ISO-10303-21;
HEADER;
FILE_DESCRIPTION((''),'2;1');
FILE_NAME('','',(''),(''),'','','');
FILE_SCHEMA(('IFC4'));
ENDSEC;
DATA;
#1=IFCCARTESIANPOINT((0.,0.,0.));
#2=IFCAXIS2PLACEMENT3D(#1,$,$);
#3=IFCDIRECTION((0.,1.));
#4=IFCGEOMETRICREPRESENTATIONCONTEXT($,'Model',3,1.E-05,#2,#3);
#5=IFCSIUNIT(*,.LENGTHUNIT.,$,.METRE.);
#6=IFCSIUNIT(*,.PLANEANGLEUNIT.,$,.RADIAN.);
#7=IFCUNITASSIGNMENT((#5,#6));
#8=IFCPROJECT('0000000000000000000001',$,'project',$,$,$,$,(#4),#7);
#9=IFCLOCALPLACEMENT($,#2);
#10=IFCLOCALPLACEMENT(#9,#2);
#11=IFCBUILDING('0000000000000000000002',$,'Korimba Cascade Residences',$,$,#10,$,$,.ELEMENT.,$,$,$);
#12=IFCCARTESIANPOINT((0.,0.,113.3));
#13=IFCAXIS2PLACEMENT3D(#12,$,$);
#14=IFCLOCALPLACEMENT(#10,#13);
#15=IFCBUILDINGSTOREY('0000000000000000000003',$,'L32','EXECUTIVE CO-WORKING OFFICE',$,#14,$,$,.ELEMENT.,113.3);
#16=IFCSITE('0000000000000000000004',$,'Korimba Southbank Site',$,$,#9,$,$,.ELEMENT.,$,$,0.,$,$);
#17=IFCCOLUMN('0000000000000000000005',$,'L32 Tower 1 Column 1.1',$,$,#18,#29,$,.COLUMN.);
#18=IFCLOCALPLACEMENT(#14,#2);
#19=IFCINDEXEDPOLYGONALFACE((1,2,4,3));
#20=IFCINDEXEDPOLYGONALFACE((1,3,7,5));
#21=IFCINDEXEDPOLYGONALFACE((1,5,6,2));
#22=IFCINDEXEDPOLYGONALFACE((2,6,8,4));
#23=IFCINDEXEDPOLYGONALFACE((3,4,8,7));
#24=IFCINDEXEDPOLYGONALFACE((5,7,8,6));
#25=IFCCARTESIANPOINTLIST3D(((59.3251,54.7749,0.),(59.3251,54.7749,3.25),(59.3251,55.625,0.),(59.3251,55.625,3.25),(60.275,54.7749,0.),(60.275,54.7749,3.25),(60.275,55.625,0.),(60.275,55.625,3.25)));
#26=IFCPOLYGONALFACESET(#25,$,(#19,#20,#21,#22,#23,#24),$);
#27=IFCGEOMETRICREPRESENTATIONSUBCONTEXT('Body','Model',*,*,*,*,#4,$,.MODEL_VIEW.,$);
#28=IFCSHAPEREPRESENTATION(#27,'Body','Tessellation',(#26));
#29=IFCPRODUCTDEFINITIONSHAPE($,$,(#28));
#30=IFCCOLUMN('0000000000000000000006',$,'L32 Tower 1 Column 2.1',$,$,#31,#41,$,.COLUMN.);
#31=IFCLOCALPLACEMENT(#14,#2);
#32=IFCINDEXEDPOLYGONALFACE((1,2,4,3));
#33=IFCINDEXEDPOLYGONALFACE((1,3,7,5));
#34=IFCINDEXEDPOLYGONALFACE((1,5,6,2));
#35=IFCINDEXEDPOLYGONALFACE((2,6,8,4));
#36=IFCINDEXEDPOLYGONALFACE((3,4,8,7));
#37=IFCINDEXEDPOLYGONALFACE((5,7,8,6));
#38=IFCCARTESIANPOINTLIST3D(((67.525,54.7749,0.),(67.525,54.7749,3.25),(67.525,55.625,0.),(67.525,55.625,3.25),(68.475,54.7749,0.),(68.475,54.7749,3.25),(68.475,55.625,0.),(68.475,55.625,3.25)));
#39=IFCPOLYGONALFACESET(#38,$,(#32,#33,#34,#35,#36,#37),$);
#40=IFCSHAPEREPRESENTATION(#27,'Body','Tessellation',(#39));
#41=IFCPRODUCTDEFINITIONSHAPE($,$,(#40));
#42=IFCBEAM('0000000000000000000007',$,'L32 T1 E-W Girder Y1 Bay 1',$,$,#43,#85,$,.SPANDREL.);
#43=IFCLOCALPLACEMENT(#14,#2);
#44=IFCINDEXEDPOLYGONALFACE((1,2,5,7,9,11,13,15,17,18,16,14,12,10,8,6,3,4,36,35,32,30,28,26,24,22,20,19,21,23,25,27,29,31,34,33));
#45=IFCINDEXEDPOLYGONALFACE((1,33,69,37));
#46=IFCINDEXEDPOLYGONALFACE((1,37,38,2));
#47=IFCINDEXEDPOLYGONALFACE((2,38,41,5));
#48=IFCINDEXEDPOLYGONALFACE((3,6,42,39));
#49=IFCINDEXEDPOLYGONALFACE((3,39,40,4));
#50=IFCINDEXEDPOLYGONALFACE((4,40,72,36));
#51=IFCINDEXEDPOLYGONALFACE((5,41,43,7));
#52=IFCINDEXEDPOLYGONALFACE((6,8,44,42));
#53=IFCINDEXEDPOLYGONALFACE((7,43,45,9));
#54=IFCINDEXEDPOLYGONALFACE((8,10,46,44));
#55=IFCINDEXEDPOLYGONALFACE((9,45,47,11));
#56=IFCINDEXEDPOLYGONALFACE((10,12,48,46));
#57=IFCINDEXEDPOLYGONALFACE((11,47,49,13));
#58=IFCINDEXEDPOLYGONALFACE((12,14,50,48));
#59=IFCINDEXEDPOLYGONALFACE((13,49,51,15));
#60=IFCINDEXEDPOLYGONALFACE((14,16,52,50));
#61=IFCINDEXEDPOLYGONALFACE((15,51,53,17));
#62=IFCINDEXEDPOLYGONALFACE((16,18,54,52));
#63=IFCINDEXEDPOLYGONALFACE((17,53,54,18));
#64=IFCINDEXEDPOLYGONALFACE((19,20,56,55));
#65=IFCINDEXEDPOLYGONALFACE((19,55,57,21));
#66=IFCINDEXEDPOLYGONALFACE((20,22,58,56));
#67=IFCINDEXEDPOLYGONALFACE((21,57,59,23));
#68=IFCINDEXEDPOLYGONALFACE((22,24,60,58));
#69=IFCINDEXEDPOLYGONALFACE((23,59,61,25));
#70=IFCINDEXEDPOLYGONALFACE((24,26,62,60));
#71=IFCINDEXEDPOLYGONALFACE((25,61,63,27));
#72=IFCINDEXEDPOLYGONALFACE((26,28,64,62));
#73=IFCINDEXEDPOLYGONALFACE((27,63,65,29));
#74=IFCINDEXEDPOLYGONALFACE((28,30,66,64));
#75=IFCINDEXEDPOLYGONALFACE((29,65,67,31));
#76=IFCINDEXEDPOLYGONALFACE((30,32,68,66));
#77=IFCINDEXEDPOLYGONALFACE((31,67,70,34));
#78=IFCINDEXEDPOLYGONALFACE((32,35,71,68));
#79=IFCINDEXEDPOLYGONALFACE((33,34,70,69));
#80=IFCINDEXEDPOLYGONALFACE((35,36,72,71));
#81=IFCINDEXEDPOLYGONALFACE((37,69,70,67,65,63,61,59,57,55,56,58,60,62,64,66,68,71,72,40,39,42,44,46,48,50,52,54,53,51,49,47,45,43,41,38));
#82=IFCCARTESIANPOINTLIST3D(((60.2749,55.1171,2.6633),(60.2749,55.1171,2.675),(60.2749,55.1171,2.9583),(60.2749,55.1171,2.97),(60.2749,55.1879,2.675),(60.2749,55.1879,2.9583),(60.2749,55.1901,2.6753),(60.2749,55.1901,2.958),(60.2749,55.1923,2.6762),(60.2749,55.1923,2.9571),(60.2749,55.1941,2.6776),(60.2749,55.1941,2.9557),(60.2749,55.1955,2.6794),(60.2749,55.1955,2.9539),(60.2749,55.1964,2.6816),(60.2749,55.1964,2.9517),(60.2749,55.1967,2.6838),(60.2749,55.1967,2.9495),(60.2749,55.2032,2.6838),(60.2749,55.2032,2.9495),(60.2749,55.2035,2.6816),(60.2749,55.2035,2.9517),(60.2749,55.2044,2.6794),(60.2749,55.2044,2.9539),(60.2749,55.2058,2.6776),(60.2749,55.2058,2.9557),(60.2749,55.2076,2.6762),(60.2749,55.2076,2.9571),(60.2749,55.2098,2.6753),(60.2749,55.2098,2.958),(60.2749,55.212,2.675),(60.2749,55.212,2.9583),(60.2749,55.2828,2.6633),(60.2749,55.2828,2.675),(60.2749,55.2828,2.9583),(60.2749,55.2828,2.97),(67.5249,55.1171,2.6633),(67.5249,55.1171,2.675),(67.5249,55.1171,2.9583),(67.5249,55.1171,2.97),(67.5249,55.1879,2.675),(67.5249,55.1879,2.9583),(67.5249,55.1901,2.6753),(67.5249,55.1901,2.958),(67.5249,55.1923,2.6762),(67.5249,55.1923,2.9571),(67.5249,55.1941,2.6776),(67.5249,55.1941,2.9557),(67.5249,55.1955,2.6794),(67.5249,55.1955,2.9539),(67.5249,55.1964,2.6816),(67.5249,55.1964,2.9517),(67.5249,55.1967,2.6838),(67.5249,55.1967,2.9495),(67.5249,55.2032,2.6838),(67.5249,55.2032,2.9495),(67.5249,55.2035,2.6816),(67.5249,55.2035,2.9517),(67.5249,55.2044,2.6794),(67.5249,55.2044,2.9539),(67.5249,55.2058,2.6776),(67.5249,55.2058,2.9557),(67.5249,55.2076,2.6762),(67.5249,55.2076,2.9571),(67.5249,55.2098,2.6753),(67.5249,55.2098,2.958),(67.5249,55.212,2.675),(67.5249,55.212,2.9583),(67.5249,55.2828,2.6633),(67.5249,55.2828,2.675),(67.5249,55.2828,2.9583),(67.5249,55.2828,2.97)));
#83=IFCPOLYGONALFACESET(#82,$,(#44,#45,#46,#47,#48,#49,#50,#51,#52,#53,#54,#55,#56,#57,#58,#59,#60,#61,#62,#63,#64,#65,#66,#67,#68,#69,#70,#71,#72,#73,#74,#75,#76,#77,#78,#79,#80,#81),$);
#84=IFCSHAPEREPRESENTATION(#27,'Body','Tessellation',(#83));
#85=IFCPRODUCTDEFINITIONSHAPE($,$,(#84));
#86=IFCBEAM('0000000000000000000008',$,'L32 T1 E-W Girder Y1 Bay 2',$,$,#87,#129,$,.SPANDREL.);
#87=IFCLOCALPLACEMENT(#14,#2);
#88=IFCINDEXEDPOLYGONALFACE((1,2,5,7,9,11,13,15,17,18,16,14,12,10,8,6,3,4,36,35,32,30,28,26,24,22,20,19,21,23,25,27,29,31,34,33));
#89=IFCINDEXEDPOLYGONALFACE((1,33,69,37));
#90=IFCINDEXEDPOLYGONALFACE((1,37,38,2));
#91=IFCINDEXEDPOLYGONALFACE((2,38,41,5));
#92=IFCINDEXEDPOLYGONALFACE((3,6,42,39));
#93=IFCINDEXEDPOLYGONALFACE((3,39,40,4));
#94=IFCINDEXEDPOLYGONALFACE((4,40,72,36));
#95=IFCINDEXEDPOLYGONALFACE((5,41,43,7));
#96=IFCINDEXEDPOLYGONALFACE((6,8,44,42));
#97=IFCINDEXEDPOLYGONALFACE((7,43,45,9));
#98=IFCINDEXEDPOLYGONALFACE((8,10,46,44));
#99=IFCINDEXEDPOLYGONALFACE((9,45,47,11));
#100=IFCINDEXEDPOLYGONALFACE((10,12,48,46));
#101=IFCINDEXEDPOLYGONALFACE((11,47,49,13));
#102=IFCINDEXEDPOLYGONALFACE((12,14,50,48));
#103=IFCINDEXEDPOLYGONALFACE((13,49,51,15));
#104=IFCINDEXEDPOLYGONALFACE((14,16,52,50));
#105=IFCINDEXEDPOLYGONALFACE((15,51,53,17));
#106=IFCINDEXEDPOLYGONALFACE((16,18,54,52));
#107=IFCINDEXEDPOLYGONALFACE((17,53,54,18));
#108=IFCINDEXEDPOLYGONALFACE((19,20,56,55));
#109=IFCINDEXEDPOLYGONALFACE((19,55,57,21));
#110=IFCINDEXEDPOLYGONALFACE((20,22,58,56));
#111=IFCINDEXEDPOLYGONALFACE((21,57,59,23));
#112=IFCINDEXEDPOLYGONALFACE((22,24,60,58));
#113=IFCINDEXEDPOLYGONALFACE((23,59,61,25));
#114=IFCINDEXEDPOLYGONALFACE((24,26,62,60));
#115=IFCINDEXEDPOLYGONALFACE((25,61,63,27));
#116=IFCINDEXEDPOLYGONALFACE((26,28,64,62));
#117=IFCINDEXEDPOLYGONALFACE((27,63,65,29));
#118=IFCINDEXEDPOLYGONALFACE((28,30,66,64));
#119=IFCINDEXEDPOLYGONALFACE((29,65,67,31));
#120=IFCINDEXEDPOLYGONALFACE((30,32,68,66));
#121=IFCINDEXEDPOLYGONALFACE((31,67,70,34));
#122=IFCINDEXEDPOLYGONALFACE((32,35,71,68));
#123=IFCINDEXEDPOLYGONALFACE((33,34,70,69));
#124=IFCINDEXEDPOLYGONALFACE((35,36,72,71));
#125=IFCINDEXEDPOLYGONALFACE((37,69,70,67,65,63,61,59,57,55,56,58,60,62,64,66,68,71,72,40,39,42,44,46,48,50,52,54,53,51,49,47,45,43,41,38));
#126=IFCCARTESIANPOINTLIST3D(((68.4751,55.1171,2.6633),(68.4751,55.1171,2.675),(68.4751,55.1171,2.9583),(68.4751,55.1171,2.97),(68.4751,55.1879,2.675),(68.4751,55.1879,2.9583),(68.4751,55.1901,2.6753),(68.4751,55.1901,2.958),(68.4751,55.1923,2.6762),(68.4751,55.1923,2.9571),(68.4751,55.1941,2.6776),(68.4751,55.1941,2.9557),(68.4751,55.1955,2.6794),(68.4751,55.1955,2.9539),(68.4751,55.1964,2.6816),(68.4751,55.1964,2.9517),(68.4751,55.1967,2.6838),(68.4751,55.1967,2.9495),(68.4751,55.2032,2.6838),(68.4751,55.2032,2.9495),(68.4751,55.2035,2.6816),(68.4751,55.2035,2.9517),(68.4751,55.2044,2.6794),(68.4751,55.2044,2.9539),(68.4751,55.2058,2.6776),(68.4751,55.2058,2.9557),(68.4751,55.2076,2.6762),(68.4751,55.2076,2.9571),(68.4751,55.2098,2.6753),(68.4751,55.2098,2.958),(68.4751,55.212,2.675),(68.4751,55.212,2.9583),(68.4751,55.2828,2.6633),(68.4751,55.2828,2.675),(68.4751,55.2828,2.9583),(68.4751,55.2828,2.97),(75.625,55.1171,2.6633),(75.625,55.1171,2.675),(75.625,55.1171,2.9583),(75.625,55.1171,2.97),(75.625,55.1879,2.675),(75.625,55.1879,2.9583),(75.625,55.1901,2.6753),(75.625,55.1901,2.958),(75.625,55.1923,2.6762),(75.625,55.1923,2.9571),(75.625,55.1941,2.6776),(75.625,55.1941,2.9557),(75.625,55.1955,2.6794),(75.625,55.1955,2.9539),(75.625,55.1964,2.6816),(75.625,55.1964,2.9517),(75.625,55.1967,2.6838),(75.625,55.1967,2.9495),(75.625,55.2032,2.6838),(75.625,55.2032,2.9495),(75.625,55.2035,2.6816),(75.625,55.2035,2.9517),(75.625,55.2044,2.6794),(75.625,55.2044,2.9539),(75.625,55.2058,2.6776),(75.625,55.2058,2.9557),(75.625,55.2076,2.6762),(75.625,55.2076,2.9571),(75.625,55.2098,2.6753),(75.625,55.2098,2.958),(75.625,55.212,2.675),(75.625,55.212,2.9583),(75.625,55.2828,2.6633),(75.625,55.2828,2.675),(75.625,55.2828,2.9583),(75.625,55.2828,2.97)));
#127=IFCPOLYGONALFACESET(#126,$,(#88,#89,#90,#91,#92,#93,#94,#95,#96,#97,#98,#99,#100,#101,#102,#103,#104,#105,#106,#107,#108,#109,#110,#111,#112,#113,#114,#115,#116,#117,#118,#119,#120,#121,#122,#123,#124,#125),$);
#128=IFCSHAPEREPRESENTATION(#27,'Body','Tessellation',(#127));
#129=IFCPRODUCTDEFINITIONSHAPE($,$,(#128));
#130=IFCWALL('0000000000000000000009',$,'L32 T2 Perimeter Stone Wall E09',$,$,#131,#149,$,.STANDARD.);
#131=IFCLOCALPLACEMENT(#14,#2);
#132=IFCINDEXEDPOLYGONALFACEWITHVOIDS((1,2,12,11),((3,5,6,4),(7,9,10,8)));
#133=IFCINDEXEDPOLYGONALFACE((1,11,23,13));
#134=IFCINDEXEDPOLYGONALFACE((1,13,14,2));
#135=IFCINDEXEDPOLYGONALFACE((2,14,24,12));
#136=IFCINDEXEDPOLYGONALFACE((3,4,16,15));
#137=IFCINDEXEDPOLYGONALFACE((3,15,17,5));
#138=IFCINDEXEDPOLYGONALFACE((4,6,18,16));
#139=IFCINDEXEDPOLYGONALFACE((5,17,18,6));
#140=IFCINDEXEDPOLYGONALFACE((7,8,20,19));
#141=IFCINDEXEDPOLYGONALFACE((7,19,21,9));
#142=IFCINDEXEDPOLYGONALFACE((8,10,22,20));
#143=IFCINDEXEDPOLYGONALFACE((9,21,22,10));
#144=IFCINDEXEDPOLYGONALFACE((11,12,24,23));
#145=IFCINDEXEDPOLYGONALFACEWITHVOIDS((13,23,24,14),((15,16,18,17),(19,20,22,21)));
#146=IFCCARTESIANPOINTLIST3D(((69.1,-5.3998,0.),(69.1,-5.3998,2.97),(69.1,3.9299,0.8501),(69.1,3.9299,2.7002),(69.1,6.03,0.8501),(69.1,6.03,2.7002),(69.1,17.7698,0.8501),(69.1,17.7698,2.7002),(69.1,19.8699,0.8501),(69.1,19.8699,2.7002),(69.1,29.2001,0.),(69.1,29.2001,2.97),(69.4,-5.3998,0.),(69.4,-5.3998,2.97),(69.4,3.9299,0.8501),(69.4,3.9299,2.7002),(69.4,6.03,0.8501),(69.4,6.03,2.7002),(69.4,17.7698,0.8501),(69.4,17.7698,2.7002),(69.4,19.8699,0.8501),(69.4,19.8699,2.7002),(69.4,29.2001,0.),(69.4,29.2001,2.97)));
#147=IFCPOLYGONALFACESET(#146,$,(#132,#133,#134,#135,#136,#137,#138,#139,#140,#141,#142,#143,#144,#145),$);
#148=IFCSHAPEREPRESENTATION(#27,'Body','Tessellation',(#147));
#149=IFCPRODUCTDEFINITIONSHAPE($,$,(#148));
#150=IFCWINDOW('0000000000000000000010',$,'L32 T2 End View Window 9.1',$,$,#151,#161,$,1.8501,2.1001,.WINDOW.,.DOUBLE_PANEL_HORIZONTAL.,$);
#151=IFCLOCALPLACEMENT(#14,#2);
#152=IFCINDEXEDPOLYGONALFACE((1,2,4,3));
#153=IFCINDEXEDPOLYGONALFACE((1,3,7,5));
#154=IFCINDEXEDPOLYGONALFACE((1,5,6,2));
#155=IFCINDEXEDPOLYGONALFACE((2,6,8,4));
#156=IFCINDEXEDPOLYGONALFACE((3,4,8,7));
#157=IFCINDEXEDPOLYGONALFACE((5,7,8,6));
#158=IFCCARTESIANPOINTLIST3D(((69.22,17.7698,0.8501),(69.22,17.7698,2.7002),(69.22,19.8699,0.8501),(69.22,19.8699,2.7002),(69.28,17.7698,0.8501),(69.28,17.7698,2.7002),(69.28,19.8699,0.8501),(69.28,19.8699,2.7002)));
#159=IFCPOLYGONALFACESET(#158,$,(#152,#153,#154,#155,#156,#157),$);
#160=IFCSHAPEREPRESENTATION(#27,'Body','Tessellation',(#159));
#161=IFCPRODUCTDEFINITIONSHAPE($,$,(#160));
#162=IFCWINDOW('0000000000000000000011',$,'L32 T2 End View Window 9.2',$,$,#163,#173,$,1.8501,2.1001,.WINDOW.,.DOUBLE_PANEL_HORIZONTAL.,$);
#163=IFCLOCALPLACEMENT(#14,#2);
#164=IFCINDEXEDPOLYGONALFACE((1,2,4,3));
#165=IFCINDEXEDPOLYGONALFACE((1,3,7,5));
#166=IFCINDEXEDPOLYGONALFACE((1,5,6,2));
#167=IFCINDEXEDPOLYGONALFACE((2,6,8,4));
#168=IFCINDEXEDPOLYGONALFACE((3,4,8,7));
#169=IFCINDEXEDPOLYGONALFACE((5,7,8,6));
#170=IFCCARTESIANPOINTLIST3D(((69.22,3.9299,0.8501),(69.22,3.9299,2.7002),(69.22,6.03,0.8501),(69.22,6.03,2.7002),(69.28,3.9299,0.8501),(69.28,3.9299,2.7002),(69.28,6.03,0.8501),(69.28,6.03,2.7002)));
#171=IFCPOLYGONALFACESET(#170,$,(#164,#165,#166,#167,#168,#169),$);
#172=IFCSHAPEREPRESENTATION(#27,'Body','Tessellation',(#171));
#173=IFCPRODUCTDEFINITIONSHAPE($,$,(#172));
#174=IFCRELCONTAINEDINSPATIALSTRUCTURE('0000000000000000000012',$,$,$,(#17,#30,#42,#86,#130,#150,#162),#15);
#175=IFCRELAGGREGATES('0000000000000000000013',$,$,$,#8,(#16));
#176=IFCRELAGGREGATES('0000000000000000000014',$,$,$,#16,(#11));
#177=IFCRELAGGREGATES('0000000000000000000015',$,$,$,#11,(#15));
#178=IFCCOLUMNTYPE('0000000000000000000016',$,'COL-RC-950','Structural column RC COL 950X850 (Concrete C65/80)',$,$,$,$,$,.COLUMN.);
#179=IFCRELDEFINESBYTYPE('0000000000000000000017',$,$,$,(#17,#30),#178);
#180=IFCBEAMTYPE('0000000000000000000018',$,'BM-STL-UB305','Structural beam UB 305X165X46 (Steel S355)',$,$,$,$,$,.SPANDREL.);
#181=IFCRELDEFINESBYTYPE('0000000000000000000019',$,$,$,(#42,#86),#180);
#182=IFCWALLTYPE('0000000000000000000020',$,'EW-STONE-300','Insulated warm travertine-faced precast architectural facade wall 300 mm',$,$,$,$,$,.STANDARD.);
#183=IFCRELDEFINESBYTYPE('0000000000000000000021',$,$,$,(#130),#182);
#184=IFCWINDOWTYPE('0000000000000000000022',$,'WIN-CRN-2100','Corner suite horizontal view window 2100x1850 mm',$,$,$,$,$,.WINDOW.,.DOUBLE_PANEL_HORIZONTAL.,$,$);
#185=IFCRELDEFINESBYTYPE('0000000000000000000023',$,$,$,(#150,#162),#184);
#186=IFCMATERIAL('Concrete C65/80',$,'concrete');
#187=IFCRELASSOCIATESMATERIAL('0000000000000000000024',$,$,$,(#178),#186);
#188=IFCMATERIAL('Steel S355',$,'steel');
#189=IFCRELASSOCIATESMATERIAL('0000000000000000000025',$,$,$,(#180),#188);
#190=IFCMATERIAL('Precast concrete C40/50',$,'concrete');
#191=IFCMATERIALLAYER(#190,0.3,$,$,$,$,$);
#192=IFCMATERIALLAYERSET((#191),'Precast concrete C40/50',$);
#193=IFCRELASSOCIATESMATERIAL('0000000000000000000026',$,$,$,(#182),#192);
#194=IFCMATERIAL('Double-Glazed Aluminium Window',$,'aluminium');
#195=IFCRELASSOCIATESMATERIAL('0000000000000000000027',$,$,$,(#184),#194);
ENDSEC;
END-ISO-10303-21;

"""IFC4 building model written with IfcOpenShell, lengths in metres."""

from ifc_helpers import new_model, si_unit, direction, frame, frame_2d, origin, origin_2d, place, context, subcontext, project, spatial, rectangle, i_section, extrude, material, layer, layer_set, material_profile, profile_set, type_object, element, fill, save


model = new_model("IFC4")

# Units and contexts
model_context = context("Model", 3, precision=1e-05, world=origin(), true_north=direction((0.0, 1.0)))
body_context = subcontext(model_context, "Body", "Model", "MODEL_VIEW")
ifc_project = project(units=[si_unit("LENGTHUNIT", "METRE"), si_unit("PLANEANGLEUNIT", "RADIAN")], contexts=[model_context])

# Site, building, storey
site_placement = place(None, origin())
site = spatial("IfcSite", under=ifc_project, at=site_placement, Name="Korimba Southbank Site", CompositionType="ELEMENT", RefElevation=0.0)
building_placement = place(site_placement, origin())
building = spatial("IfcBuilding", under=site, at=building_placement, Name="Korimba Cascade Residences", CompositionType="ELEMENT")
storey_placement = place(building_placement, frame((0.0, 0.0, 113.3)))
storey = spatial("IfcBuildingStorey", under=building, at=storey_placement, Name="L32", Description="EXECUTIVE CO-WORKING OFFICE", CompositionType="ELEMENT", Elevation=113.3)

# Columns
ifc_material_1 = material(Name="Concrete C65/80", Category="concrete")
ifc_material_profile_1 = material_profile(ifc_material_1, rectangle(XDim=0.95, YDim=0.8501, at=origin_2d()), Name="Concrete C65/80")
ifc_profile_set_1 = profile_set([ifc_material_profile_1], Name="Concrete C65/80")
column_type = type_object("IfcColumnType", Name="COL-RC-950", Description="Structural column RC COL 950X850 (Concrete C65/80)", PredefinedType="COLUMN", material=ifc_profile_set_1)
for number, where, z_axis, x_axis, name in (
    (1, (59.8, 55.2, 0.0), (0.0, 0.0, 1.0), (1.0, 0.0, 0.0), "L32 Tower 1 Column 1.1"),
    (2, (68.0, 55.2, 0.0), (0.0, 0.0, 1.0), (1.0, 0.0, 0.0), "L32 Tower 1 Column 2.1"),
):
    element("IfcColumn", number, at=place(storey_placement, frame(where, z_axis=z_axis, x_axis=x_axis)), inside=storey, type_object=column_type, Name=name, PredefinedType="COLUMN", context=body_context, shape_type="SweptSolid", body=[
        extrude(rectangle(XDim=0.95, YDim=0.8501, at=origin_2d()), origin(), (0.0, 0.0, 1.0), 3.25),
    ])

# Beams
ifc_material_2 = material(Name="Steel S355", Category="steel")
ifc_material_profile_2 = material_profile(ifc_material_2, i_section(OverallWidth=0.1658, OverallDepth=0.3066, WebThickness=0.0066, FlangeThickness=0.0117, FilletRadius=0.0088, at=origin_2d()), Name="Steel S355")
ifc_profile_set_2 = profile_set([ifc_material_profile_2], Name="Steel S355")
beam_type = type_object("IfcBeamType", Name="BM-STL-UB305", Description="Structural beam UB 305X165X46 (Steel S355)", PredefinedType="SPANDREL", material=ifc_profile_set_2)
beam_1_placement = place(storey_placement, frame((60.2749, 55.2, 2.8167), z_axis=(1.0, 0.0, 0.0), x_axis=(0.0, 1.0, 0.0)))
element("IfcBeam", 3, at=beam_1_placement, inside=storey, type_object=beam_type, Name="L32 T1 E-W Girder Y1 Bay 1", PredefinedType="SPANDREL", context=body_context, shape_type="SweptSolid", body=[
    extrude(i_section(OverallWidth=0.1658, OverallDepth=0.3066, WebThickness=0.0066, FlangeThickness=0.0117, FilletRadius=0.0088, at=origin_2d()), origin(), (0.0, 0.0, 1.0), 7.25),
])
beam_2_placement = place(storey_placement, frame((68.4751, 55.2, 2.8167), z_axis=(1.0, 0.0, 0.0), x_axis=(0.0, 1.0, 0.0)))
element("IfcBeam", 4, at=beam_2_placement, inside=storey, type_object=beam_type, Name="L32 T1 E-W Girder Y1 Bay 2", PredefinedType="SPANDREL", context=body_context, shape_type="SweptSolid", body=[
    extrude(i_section(OverallWidth=0.1658, OverallDepth=0.3066, WebThickness=0.0066, FlangeThickness=0.0117, FilletRadius=0.0088, at=origin_2d()), origin(), (0.0, 0.0, 1.0), 7.1499),
])

# Wall, openings, windows
ifc_material_3 = material(Name="Precast concrete C40/50", Category="concrete")
ifc_layer_1 = layer(ifc_material_3, 0.3)
ifc_layer_set_1 = layer_set([ifc_layer_1], Name="Precast concrete C40/50")
wall_type_1 = type_object("IfcWallType", Name="EW-STONE-300", Description="Insulated warm travertine-faced precast architectural facade wall 300 mm", PredefinedType="STANDARD", material=ifc_layer_set_1)
wall_1_placement = place(storey_placement, frame((69.25, 29.2, 0.0), z_axis=(0.0, 0.0, 1.0), x_axis=(0.0, -1.0, 0.0)))
wall_1 = element("IfcWall", 5, at=wall_1_placement, inside=storey, type_object=wall_type_1, Name="L32 T2 Perimeter Stone Wall E09", PredefinedType="STANDARD", context=body_context, shape_type="SweptSolid", body=[
    extrude(rectangle(XDim=34.5999, YDim=0.3, at=frame_2d((17.2998, 0.0))), origin(), (0.0, 0.0, 1.0), 2.97),
])
opening_1_placement = place(wall_1_placement, frame((9.3301, 0.0, 0.8501)))
opening_1 = element("IfcOpeningElement", 6, at=opening_1_placement, cuts=wall_1, PredefinedType="OPENING", context=body_context, shape_type="SweptSolid", body=[
    extrude(rectangle(XDim=2.1001, YDim=1.8501, at=frame_2d((1.05, 0.925))), frame((0.0, 0.1602, 0.0), z_axis=(0.0, -1.0, 0.0), x_axis=(1.0, 0.0, 0.0)), (0.0, 0.0, 1.0), 0.3201),
])
opening_2_placement = place(wall_1_placement, frame((23.1699, 0.0, 0.8501)))
opening_2 = element("IfcOpeningElement", 7, at=opening_2_placement, cuts=wall_1, PredefinedType="OPENING", context=body_context, shape_type="SweptSolid", body=[
    extrude(rectangle(XDim=2.1001, YDim=1.8501, at=frame_2d((1.05, 0.925))), frame((0.0, 0.1602, 0.0), z_axis=(0.0, -1.0, 0.0), x_axis=(1.0, 0.0, 0.0)), (0.0, 0.0, 1.0), 0.3201),
])
ifc_material_4 = material(Name="Double-Glazed Aluminium Window", Category="aluminium")
window_type = type_object("IfcWindowType", Name="WIN-CRN-2100", Description="Corner suite horizontal view window 2100x1850 mm", PartitioningType="DOUBLE_PANEL_HORIZONTAL", PredefinedType="WINDOW", material=ifc_material_4)
window_1_placement = place(opening_1_placement, origin())
window_1 = element("IfcWindow", 8, at=window_1_placement, inside=storey, type_object=window_type, Name="L32 T2 End View Window 9.1", OverallHeight=1.8501, OverallWidth=2.1001, PartitioningType="DOUBLE_PANEL_HORIZONTAL", PredefinedType="WINDOW", context=body_context, shape_type="SweptSolid", body=[
    extrude(rectangle(XDim=2.1001, YDim=1.8501, at=frame_2d((1.05, 0.925))), frame((0.0, 0.03, 0.0), z_axis=(0.0, -1.0, 0.0), x_axis=(1.0, 0.0, 0.0)), (0.0, 0.0, 1.0), 0.0601),
])
fill(opening_1, window_1)
window_2_placement = place(opening_2_placement, origin())
window_2 = element("IfcWindow", 9, at=window_2_placement, inside=storey, type_object=window_type, Name="L32 T2 End View Window 9.2", OverallHeight=1.8501, OverallWidth=2.1001, PartitioningType="DOUBLE_PANEL_HORIZONTAL", PredefinedType="WINDOW", context=body_context, shape_type="SweptSolid", body=[
    extrude(rectangle(XDim=2.1001, YDim=1.8501, at=frame_2d((1.05, 0.925))), frame((0.0, 0.03, 0.0), z_axis=(0.0, -1.0, 0.0), x_axis=(1.0, 0.0, 0.0)), (0.0, 0.0, 1.0), 0.0601),
])
fill(opening_2, window_2)

save(model, "model.ifc")
